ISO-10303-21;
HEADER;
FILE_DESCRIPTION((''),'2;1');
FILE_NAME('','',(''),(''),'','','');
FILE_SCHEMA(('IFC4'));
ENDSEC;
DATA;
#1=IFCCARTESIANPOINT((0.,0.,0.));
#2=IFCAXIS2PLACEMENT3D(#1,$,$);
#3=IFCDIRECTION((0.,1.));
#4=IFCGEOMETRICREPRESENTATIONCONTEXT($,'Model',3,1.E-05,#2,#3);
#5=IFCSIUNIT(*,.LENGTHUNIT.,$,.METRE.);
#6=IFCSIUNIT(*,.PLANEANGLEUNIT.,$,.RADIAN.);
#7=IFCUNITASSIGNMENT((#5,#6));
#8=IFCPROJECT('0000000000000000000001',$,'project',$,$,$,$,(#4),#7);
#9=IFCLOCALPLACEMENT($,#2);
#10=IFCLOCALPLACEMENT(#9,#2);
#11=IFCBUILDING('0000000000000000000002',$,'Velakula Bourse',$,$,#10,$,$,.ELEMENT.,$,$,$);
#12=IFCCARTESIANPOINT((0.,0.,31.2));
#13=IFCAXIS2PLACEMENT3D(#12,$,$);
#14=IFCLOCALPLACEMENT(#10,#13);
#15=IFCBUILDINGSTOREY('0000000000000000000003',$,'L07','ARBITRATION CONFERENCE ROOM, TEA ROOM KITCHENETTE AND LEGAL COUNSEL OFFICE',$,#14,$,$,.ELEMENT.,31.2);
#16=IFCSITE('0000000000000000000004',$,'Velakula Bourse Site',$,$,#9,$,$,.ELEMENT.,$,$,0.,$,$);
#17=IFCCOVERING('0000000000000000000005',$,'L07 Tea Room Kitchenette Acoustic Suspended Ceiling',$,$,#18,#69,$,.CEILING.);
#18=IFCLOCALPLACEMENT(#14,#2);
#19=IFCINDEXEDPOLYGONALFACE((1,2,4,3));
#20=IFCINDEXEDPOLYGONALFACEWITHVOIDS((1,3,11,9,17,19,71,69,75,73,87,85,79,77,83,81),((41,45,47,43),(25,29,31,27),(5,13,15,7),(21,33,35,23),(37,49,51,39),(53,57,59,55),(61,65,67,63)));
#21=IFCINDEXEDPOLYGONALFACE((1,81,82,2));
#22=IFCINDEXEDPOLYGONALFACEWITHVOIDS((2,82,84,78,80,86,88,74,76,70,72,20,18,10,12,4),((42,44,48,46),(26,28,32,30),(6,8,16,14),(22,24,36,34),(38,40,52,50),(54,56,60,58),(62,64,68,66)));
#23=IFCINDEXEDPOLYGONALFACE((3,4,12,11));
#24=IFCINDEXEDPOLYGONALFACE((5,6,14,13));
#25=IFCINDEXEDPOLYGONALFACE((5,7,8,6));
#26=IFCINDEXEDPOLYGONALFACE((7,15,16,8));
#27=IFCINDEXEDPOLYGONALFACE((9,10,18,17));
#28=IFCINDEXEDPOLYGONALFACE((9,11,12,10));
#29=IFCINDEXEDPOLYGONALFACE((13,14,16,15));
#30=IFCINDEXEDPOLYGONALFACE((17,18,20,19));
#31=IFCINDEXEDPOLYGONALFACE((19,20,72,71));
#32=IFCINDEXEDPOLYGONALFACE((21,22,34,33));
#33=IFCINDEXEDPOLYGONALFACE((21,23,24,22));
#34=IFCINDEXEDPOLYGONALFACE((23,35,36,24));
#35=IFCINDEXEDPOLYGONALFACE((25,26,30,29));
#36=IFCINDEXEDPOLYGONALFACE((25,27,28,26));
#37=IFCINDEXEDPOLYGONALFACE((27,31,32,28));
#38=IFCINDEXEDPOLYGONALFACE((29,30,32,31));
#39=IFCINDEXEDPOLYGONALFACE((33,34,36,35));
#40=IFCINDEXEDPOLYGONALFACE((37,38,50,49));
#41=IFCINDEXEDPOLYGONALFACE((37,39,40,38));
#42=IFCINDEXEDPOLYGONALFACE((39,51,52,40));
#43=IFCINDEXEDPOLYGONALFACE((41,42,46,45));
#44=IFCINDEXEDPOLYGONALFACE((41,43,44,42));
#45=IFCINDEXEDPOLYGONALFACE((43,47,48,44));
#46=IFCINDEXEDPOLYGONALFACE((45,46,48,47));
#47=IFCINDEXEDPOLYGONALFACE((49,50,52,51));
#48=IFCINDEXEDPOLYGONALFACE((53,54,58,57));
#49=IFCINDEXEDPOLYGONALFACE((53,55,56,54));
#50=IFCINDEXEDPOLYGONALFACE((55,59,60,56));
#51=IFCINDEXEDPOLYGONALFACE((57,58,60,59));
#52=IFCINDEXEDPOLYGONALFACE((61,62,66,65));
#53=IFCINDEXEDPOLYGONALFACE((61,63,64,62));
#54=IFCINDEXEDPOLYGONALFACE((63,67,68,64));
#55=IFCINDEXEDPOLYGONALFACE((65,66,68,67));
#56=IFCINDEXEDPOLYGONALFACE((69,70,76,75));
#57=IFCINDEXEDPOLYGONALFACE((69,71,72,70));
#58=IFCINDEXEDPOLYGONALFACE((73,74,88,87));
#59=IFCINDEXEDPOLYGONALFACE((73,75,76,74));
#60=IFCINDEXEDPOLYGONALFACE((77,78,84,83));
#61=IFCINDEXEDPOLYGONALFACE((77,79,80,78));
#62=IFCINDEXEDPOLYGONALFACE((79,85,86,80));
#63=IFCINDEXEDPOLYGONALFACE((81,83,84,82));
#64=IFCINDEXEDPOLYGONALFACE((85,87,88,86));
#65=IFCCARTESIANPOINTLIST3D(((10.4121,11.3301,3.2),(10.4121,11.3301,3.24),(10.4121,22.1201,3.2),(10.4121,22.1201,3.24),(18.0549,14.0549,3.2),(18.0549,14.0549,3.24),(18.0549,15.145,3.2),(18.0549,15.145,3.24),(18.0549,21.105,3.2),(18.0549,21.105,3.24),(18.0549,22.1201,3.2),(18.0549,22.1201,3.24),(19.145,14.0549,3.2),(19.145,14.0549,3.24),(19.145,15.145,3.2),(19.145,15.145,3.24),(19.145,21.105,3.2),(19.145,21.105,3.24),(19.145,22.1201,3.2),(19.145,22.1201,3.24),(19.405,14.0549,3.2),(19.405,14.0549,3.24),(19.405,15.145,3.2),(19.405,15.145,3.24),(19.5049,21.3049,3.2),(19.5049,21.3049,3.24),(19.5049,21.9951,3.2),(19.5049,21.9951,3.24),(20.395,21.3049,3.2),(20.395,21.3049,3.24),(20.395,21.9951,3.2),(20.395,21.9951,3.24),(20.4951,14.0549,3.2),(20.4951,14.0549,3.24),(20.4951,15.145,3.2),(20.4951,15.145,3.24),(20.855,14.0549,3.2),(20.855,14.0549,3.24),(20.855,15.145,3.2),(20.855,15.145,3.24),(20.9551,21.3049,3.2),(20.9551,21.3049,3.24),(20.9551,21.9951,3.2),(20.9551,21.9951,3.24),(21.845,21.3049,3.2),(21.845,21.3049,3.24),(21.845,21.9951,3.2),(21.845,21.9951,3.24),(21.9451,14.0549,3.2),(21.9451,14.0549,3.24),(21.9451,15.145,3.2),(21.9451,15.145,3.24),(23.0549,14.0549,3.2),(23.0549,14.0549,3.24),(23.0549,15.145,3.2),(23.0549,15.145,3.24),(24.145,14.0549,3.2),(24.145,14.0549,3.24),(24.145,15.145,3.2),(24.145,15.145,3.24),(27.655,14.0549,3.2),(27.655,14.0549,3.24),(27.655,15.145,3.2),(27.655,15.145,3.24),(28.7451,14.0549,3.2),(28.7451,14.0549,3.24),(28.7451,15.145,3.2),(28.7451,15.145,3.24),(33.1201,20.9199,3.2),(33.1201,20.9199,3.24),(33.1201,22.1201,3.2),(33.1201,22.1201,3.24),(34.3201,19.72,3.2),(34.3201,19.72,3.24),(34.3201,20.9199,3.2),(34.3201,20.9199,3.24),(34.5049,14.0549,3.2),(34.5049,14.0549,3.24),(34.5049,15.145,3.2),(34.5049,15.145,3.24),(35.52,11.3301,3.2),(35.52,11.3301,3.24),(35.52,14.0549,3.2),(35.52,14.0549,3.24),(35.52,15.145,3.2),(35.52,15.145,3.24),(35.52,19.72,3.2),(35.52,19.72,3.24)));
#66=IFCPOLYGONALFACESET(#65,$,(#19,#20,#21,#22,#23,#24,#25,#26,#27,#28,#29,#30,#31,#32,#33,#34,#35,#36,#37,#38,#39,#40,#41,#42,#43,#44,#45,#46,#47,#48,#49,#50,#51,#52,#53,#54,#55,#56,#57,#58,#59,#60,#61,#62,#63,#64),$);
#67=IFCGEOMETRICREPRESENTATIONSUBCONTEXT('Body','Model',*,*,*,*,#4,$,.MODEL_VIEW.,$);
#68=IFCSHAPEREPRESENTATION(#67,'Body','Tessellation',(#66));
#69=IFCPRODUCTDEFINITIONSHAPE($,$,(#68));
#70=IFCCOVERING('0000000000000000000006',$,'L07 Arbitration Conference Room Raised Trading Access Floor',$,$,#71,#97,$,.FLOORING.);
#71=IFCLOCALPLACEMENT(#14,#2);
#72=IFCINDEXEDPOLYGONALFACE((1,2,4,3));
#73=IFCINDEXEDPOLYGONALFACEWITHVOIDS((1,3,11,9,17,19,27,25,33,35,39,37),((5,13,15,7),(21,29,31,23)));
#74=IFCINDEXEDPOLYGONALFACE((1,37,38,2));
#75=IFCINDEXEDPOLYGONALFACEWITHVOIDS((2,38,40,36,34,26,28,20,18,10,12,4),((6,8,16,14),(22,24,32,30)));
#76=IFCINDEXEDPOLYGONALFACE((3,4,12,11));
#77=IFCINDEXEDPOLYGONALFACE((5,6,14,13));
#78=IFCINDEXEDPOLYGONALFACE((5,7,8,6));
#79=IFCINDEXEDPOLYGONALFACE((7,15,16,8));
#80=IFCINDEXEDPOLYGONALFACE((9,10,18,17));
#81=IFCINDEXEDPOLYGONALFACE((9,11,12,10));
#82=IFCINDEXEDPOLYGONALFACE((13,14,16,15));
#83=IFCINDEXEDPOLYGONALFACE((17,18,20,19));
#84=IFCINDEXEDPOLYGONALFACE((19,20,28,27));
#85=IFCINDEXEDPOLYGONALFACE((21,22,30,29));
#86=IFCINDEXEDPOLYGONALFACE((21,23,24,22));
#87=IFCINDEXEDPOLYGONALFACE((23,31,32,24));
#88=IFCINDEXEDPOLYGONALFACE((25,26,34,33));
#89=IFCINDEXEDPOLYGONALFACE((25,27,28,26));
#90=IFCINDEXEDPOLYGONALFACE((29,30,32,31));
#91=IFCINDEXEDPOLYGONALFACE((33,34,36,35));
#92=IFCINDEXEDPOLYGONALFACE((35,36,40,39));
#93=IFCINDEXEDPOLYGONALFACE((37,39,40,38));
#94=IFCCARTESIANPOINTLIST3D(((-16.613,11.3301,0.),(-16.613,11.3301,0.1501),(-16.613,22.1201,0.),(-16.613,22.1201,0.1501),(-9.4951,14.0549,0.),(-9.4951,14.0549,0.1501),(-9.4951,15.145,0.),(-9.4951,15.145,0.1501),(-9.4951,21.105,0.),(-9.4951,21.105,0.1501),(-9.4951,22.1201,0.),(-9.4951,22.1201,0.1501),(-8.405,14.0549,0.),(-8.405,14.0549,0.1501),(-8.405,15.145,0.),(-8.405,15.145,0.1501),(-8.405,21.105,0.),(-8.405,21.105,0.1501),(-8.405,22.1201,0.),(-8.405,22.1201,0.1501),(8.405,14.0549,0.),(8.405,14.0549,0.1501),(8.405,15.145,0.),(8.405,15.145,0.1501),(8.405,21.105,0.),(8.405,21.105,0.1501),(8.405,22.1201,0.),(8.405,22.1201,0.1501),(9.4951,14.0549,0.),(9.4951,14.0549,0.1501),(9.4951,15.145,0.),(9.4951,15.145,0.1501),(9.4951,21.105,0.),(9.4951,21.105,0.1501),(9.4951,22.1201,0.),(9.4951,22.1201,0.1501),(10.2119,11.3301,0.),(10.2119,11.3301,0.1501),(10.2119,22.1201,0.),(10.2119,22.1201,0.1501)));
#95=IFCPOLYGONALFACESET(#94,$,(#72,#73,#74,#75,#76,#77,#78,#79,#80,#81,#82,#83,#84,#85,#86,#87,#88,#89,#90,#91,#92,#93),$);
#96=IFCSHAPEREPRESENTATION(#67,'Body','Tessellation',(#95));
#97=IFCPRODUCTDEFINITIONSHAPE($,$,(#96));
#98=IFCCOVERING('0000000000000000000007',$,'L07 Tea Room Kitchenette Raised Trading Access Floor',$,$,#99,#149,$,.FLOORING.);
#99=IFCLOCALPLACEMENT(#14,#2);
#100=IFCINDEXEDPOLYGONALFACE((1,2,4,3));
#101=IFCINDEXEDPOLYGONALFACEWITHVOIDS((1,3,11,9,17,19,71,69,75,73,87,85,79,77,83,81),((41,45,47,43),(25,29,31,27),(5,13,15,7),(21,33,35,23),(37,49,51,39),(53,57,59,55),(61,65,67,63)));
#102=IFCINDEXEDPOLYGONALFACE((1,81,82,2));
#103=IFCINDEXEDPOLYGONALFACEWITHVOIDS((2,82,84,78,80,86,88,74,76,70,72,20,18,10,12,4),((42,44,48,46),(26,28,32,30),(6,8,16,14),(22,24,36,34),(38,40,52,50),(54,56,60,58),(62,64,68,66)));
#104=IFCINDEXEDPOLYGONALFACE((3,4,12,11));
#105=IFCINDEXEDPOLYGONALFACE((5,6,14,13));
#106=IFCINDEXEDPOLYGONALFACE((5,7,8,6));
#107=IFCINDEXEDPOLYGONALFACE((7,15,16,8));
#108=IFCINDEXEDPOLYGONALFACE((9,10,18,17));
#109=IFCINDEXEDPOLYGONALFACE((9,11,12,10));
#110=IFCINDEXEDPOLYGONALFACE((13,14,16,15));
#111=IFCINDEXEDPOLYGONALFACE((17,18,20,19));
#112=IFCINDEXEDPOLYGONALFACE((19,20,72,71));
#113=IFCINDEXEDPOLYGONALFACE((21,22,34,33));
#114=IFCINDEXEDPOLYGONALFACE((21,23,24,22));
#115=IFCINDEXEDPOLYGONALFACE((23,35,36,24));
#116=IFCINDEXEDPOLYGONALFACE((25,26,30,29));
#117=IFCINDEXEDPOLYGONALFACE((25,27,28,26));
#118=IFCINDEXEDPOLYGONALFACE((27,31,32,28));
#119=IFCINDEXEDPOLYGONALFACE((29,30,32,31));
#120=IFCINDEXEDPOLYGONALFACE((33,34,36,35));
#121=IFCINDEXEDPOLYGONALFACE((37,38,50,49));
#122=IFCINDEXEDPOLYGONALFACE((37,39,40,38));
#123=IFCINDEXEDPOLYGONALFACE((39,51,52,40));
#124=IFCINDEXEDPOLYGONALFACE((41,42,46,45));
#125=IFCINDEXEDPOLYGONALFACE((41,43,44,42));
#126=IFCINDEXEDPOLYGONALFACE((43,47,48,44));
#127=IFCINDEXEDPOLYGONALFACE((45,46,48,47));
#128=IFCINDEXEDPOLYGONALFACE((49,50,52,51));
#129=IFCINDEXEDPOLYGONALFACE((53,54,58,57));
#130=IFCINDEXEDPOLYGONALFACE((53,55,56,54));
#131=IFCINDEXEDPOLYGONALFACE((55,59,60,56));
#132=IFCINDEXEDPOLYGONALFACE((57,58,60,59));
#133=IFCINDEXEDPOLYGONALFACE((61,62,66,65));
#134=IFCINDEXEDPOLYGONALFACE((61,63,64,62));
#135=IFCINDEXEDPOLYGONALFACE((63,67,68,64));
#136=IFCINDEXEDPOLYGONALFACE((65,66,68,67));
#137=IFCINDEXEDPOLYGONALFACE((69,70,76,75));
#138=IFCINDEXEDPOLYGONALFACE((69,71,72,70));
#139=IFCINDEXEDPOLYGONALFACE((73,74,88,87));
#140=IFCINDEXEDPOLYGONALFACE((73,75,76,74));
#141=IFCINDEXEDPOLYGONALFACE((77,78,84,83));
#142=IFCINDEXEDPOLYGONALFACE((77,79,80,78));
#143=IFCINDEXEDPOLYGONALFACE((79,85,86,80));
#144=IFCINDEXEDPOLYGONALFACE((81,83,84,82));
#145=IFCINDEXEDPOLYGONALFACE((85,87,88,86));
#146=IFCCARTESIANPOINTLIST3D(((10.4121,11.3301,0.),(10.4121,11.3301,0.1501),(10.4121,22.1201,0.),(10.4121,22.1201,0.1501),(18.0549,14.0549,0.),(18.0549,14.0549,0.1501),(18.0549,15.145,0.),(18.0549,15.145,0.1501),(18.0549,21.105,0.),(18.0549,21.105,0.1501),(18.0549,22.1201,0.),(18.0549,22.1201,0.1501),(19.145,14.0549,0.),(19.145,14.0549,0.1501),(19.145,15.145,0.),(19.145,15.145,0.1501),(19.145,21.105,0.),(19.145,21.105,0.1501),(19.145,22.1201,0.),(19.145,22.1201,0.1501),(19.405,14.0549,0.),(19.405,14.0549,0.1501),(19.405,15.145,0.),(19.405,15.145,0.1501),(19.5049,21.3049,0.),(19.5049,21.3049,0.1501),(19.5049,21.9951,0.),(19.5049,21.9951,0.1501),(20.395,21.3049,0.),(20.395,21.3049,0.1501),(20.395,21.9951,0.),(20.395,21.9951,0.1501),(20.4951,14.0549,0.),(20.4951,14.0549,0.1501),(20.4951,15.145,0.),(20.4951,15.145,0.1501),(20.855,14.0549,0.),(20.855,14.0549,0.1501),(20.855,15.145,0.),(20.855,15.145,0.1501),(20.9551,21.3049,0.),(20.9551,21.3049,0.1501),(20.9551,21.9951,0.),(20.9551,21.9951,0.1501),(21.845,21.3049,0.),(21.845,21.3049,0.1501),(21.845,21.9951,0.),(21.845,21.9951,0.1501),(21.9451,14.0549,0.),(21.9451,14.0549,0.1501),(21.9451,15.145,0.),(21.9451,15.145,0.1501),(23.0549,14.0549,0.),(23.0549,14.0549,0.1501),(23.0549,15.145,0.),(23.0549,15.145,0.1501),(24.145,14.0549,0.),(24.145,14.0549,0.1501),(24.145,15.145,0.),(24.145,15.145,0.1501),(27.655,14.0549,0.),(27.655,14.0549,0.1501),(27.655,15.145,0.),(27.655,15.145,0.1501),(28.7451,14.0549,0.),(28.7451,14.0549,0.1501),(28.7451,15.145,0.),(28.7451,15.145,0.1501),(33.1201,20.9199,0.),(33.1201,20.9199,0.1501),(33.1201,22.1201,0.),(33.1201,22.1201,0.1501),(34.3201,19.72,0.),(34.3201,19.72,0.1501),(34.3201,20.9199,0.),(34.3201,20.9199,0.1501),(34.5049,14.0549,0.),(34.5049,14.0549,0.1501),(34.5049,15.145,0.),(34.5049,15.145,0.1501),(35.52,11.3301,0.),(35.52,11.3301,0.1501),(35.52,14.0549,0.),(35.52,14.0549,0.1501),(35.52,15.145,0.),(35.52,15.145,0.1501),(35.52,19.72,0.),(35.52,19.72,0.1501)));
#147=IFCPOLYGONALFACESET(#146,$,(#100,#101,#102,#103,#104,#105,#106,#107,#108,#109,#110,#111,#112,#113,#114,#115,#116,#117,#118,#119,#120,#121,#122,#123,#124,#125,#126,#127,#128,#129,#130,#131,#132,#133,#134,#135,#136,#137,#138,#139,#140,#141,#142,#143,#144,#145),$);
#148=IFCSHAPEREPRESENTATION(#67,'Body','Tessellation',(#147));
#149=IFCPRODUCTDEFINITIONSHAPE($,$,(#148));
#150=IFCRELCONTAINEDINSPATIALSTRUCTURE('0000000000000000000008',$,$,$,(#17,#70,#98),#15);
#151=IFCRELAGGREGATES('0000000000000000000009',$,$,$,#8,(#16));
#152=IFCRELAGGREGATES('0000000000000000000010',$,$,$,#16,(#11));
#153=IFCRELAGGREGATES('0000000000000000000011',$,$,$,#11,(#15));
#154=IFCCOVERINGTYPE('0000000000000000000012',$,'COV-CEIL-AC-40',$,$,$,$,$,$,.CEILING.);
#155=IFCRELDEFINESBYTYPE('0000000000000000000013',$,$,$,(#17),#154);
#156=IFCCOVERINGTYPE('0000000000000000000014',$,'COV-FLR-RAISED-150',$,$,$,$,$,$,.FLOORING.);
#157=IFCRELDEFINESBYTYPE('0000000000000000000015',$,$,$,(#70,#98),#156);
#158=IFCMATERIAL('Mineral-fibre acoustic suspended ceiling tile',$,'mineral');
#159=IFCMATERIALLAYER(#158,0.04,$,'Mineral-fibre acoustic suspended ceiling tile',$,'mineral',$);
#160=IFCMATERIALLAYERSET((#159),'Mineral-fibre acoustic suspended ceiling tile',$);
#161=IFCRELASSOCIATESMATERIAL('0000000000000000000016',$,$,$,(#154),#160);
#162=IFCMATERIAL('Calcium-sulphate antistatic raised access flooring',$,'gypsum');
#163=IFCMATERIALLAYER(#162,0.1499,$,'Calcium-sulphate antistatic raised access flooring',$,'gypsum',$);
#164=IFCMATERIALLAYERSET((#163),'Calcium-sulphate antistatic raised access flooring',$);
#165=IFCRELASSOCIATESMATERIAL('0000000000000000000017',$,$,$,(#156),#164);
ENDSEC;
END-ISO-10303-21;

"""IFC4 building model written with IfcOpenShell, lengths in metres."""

from ifc_helpers import new_model, si_unit, direction, frame, origin, place, context, subcontext, project, spatial, polyline, outline, extrude, material, layer, layer_set, type_object, element, save


model = new_model("IFC4")

# Units and contexts
model_context = context("Model", 3, precision=1e-05, world=origin(), true_north=direction((0.0, 1.0)))
body_context = subcontext(model_context, "Body", "Model", "MODEL_VIEW")
ifc_project = project(units=[si_unit("LENGTHUNIT", "METRE"), si_unit("PLANEANGLEUNIT", "RADIAN")], contexts=[model_context])

# Site, building, storey
site_placement = place(None, origin())
site = spatial("IfcSite", under=ifc_project, at=site_placement, Name="Velakula Bourse Site", CompositionType="ELEMENT", RefElevation=0.0)
building_placement = place(site_placement, origin())
building = spatial("IfcBuilding", under=site, at=building_placement, Name="Velakula Bourse", CompositionType="ELEMENT")
storey_placement = place(building_placement, frame((0.0, 0.0, 31.2)))
storey = spatial("IfcBuildingStorey", under=building, at=storey_placement, Name="L07", Description="ARBITRATION CONFERENCE ROOM, TEA ROOM KITCHENETTE AND LEGAL COUNSEL OFFICE", CompositionType="ELEMENT", Elevation=31.2)

# Coverings
ifc_material_1 = material(Name="Mineral-fibre acoustic suspended ceiling tile", Category="mineral")
ifc_layer_1 = layer(ifc_material_1, 0.04, Name="Mineral-fibre acoustic suspended ceiling tile", Category="mineral")
ifc_layer_set_1 = layer_set([ifc_layer_1], Name="Mineral-fibre acoustic suspended ceiling tile")
covering_type_1 = type_object("IfcCoveringType", Name="COV-CEIL-AC-40", PredefinedType="CEILING", material=ifc_layer_set_1)
covering_1_placement = place(storey_placement, frame((0.0, 0.0, 3.2)))
element("IfcCovering", 1, at=covering_1_placement, inside=storey, type_object=covering_type_1, Name="L07 Tea Room Kitchenette Acoustic Suspended Ceiling", PredefinedType="CEILING", context=body_context, shape_type="SweptSolid", body=[
    extrude(outline(polyline([(33.1201, 22.1201), (33.1201, 20.9199), (34.3201, 20.9199), (34.3201, 19.72), (35.52, 19.72), (35.52, 15.145), (34.5049, 15.145), (34.5049, 14.0549), (35.52, 14.0549), (35.52, 11.3301), (10.4121, 11.3301), (10.4121, 22.1201), (18.0549, 22.1201), (18.0549, 21.105), (19.145, 21.105), (19.145, 22.1201), (33.1201, 22.1201)]), holes=[polyline([(27.655, 15.145), (27.655, 14.0549), (28.7451, 14.0549), (28.7451, 15.145), (27.655, 15.145)]), polyline([(23.0549, 15.145), (23.0549, 14.0549), (24.145, 14.0549), (24.145, 15.145), (23.0549, 15.145)]), polyline([(20.855, 14.0549), (21.9451, 14.0549), (21.9451, 15.145), (20.855, 15.145), (20.855, 14.0549)]), polyline([(19.405, 14.0549), (20.4951, 14.0549), (20.4951, 15.145), (19.405, 15.145), (19.405, 14.0549)]), polyline([(18.0549, 14.0549), (19.145, 14.0549), (19.145, 15.145), (18.0549, 15.145), (18.0549, 14.0549)]), polyline([(20.9551, 21.9951), (20.9551, 21.3049), (21.845, 21.3049), (21.845, 21.9951), (20.9551, 21.9951)]), polyline([(19.5049, 21.9951), (19.5049, 21.3049), (20.395, 21.3049), (20.395, 21.9951), (19.5049, 21.9951)])]), origin(), (0.0, 0.0, 1.0), 0.04),
])
ifc_material_2 = material(Name="Calcium-sulphate antistatic raised access flooring", Category="gypsum")
ifc_layer_2 = layer(ifc_material_2, 0.1499, Name="Calcium-sulphate antistatic raised access flooring", Category="gypsum")
ifc_layer_set_2 = layer_set([ifc_layer_2], Name="Calcium-sulphate antistatic raised access flooring")
covering_type_2 = type_object("IfcCoveringType", Name="COV-FLR-RAISED-150", PredefinedType="FLOORING", material=ifc_layer_set_2)
covering_2_placement = place(storey_placement, origin())
element("IfcCovering", 2, at=covering_2_placement, inside=storey, type_object=covering_type_2, Name="L07 Arbitration Conference Room Raised Trading Access Floor", PredefinedType="FLOORING", context=body_context, shape_type="SweptSolid", body=[
    extrude(outline(polyline([(8.405, 22.1201), (8.405, 21.105), (9.4951, 21.105), (9.4951, 22.1201), (10.2119, 22.1201), (10.2119, 11.3301), (-16.613, 11.3301), (-16.613, 22.1201), (-9.4951, 22.1201), (-9.4951, 21.105), (-8.405, 21.105), (-8.405, 22.1201), (8.405, 22.1201)]), holes=[polyline([(8.405, 15.145), (8.405, 14.0549), (9.4951, 14.0549), (9.4951, 15.145), (8.405, 15.145)]), polyline([(-9.4951, 14.0549), (-8.405, 14.0549), (-8.405, 15.145), (-9.4951, 15.145), (-9.4951, 14.0549)])]), origin(), (0.0, 0.0, 1.0), 0.1501),
])
covering_3_placement = place(storey_placement, origin())
element("IfcCovering", 3, at=covering_3_placement, inside=storey, type_object=covering_type_2, Name="L07 Tea Room Kitchenette Raised Trading Access Floor", PredefinedType="FLOORING", context=body_context, shape_type="SweptSolid", body=[
    extrude(outline(polyline([(33.1201, 22.1201), (33.1201, 20.9199), (34.3201, 20.9199), (34.3201, 19.72), (35.52, 19.72), (35.52, 15.145), (34.5049, 15.145), (34.5049, 14.0549), (35.52, 14.0549), (35.52, 11.3301), (10.4121, 11.3301), (10.4121, 22.1201), (18.0549, 22.1201), (18.0549, 21.105), (19.145, 21.105), (19.145, 22.1201), (33.1201, 22.1201)]), holes=[polyline([(27.655, 15.145), (27.655, 14.0549), (28.7451, 14.0549), (28.7451, 15.145), (27.655, 15.145)]), polyline([(23.0549, 15.145), (23.0549, 14.0549), (24.145, 14.0549), (24.145, 15.145), (23.0549, 15.145)]), polyline([(20.855, 14.0549), (21.9451, 14.0549), (21.9451, 15.145), (20.855, 15.145), (20.855, 14.0549)]), polyline([(19.405, 14.0549), (20.4951, 14.0549), (20.4951, 15.145), (19.405, 15.145), (19.405, 14.0549)]), polyline([(18.0549, 14.0549), (19.145, 14.0549), (19.145, 15.145), (18.0549, 15.145), (18.0549, 14.0549)]), polyline([(20.9551, 21.9951), (20.9551, 21.3049), (21.845, 21.3049), (21.845, 21.9951), (20.9551, 21.9951)]), polyline([(19.5049, 21.9951), (19.5049, 21.3049), (20.395, 21.3049), (20.395, 21.9951), (19.5049, 21.9951)])]), origin(), (0.0, 0.0, 1.0), 0.1501),
])

save(model, "model.ifc")
